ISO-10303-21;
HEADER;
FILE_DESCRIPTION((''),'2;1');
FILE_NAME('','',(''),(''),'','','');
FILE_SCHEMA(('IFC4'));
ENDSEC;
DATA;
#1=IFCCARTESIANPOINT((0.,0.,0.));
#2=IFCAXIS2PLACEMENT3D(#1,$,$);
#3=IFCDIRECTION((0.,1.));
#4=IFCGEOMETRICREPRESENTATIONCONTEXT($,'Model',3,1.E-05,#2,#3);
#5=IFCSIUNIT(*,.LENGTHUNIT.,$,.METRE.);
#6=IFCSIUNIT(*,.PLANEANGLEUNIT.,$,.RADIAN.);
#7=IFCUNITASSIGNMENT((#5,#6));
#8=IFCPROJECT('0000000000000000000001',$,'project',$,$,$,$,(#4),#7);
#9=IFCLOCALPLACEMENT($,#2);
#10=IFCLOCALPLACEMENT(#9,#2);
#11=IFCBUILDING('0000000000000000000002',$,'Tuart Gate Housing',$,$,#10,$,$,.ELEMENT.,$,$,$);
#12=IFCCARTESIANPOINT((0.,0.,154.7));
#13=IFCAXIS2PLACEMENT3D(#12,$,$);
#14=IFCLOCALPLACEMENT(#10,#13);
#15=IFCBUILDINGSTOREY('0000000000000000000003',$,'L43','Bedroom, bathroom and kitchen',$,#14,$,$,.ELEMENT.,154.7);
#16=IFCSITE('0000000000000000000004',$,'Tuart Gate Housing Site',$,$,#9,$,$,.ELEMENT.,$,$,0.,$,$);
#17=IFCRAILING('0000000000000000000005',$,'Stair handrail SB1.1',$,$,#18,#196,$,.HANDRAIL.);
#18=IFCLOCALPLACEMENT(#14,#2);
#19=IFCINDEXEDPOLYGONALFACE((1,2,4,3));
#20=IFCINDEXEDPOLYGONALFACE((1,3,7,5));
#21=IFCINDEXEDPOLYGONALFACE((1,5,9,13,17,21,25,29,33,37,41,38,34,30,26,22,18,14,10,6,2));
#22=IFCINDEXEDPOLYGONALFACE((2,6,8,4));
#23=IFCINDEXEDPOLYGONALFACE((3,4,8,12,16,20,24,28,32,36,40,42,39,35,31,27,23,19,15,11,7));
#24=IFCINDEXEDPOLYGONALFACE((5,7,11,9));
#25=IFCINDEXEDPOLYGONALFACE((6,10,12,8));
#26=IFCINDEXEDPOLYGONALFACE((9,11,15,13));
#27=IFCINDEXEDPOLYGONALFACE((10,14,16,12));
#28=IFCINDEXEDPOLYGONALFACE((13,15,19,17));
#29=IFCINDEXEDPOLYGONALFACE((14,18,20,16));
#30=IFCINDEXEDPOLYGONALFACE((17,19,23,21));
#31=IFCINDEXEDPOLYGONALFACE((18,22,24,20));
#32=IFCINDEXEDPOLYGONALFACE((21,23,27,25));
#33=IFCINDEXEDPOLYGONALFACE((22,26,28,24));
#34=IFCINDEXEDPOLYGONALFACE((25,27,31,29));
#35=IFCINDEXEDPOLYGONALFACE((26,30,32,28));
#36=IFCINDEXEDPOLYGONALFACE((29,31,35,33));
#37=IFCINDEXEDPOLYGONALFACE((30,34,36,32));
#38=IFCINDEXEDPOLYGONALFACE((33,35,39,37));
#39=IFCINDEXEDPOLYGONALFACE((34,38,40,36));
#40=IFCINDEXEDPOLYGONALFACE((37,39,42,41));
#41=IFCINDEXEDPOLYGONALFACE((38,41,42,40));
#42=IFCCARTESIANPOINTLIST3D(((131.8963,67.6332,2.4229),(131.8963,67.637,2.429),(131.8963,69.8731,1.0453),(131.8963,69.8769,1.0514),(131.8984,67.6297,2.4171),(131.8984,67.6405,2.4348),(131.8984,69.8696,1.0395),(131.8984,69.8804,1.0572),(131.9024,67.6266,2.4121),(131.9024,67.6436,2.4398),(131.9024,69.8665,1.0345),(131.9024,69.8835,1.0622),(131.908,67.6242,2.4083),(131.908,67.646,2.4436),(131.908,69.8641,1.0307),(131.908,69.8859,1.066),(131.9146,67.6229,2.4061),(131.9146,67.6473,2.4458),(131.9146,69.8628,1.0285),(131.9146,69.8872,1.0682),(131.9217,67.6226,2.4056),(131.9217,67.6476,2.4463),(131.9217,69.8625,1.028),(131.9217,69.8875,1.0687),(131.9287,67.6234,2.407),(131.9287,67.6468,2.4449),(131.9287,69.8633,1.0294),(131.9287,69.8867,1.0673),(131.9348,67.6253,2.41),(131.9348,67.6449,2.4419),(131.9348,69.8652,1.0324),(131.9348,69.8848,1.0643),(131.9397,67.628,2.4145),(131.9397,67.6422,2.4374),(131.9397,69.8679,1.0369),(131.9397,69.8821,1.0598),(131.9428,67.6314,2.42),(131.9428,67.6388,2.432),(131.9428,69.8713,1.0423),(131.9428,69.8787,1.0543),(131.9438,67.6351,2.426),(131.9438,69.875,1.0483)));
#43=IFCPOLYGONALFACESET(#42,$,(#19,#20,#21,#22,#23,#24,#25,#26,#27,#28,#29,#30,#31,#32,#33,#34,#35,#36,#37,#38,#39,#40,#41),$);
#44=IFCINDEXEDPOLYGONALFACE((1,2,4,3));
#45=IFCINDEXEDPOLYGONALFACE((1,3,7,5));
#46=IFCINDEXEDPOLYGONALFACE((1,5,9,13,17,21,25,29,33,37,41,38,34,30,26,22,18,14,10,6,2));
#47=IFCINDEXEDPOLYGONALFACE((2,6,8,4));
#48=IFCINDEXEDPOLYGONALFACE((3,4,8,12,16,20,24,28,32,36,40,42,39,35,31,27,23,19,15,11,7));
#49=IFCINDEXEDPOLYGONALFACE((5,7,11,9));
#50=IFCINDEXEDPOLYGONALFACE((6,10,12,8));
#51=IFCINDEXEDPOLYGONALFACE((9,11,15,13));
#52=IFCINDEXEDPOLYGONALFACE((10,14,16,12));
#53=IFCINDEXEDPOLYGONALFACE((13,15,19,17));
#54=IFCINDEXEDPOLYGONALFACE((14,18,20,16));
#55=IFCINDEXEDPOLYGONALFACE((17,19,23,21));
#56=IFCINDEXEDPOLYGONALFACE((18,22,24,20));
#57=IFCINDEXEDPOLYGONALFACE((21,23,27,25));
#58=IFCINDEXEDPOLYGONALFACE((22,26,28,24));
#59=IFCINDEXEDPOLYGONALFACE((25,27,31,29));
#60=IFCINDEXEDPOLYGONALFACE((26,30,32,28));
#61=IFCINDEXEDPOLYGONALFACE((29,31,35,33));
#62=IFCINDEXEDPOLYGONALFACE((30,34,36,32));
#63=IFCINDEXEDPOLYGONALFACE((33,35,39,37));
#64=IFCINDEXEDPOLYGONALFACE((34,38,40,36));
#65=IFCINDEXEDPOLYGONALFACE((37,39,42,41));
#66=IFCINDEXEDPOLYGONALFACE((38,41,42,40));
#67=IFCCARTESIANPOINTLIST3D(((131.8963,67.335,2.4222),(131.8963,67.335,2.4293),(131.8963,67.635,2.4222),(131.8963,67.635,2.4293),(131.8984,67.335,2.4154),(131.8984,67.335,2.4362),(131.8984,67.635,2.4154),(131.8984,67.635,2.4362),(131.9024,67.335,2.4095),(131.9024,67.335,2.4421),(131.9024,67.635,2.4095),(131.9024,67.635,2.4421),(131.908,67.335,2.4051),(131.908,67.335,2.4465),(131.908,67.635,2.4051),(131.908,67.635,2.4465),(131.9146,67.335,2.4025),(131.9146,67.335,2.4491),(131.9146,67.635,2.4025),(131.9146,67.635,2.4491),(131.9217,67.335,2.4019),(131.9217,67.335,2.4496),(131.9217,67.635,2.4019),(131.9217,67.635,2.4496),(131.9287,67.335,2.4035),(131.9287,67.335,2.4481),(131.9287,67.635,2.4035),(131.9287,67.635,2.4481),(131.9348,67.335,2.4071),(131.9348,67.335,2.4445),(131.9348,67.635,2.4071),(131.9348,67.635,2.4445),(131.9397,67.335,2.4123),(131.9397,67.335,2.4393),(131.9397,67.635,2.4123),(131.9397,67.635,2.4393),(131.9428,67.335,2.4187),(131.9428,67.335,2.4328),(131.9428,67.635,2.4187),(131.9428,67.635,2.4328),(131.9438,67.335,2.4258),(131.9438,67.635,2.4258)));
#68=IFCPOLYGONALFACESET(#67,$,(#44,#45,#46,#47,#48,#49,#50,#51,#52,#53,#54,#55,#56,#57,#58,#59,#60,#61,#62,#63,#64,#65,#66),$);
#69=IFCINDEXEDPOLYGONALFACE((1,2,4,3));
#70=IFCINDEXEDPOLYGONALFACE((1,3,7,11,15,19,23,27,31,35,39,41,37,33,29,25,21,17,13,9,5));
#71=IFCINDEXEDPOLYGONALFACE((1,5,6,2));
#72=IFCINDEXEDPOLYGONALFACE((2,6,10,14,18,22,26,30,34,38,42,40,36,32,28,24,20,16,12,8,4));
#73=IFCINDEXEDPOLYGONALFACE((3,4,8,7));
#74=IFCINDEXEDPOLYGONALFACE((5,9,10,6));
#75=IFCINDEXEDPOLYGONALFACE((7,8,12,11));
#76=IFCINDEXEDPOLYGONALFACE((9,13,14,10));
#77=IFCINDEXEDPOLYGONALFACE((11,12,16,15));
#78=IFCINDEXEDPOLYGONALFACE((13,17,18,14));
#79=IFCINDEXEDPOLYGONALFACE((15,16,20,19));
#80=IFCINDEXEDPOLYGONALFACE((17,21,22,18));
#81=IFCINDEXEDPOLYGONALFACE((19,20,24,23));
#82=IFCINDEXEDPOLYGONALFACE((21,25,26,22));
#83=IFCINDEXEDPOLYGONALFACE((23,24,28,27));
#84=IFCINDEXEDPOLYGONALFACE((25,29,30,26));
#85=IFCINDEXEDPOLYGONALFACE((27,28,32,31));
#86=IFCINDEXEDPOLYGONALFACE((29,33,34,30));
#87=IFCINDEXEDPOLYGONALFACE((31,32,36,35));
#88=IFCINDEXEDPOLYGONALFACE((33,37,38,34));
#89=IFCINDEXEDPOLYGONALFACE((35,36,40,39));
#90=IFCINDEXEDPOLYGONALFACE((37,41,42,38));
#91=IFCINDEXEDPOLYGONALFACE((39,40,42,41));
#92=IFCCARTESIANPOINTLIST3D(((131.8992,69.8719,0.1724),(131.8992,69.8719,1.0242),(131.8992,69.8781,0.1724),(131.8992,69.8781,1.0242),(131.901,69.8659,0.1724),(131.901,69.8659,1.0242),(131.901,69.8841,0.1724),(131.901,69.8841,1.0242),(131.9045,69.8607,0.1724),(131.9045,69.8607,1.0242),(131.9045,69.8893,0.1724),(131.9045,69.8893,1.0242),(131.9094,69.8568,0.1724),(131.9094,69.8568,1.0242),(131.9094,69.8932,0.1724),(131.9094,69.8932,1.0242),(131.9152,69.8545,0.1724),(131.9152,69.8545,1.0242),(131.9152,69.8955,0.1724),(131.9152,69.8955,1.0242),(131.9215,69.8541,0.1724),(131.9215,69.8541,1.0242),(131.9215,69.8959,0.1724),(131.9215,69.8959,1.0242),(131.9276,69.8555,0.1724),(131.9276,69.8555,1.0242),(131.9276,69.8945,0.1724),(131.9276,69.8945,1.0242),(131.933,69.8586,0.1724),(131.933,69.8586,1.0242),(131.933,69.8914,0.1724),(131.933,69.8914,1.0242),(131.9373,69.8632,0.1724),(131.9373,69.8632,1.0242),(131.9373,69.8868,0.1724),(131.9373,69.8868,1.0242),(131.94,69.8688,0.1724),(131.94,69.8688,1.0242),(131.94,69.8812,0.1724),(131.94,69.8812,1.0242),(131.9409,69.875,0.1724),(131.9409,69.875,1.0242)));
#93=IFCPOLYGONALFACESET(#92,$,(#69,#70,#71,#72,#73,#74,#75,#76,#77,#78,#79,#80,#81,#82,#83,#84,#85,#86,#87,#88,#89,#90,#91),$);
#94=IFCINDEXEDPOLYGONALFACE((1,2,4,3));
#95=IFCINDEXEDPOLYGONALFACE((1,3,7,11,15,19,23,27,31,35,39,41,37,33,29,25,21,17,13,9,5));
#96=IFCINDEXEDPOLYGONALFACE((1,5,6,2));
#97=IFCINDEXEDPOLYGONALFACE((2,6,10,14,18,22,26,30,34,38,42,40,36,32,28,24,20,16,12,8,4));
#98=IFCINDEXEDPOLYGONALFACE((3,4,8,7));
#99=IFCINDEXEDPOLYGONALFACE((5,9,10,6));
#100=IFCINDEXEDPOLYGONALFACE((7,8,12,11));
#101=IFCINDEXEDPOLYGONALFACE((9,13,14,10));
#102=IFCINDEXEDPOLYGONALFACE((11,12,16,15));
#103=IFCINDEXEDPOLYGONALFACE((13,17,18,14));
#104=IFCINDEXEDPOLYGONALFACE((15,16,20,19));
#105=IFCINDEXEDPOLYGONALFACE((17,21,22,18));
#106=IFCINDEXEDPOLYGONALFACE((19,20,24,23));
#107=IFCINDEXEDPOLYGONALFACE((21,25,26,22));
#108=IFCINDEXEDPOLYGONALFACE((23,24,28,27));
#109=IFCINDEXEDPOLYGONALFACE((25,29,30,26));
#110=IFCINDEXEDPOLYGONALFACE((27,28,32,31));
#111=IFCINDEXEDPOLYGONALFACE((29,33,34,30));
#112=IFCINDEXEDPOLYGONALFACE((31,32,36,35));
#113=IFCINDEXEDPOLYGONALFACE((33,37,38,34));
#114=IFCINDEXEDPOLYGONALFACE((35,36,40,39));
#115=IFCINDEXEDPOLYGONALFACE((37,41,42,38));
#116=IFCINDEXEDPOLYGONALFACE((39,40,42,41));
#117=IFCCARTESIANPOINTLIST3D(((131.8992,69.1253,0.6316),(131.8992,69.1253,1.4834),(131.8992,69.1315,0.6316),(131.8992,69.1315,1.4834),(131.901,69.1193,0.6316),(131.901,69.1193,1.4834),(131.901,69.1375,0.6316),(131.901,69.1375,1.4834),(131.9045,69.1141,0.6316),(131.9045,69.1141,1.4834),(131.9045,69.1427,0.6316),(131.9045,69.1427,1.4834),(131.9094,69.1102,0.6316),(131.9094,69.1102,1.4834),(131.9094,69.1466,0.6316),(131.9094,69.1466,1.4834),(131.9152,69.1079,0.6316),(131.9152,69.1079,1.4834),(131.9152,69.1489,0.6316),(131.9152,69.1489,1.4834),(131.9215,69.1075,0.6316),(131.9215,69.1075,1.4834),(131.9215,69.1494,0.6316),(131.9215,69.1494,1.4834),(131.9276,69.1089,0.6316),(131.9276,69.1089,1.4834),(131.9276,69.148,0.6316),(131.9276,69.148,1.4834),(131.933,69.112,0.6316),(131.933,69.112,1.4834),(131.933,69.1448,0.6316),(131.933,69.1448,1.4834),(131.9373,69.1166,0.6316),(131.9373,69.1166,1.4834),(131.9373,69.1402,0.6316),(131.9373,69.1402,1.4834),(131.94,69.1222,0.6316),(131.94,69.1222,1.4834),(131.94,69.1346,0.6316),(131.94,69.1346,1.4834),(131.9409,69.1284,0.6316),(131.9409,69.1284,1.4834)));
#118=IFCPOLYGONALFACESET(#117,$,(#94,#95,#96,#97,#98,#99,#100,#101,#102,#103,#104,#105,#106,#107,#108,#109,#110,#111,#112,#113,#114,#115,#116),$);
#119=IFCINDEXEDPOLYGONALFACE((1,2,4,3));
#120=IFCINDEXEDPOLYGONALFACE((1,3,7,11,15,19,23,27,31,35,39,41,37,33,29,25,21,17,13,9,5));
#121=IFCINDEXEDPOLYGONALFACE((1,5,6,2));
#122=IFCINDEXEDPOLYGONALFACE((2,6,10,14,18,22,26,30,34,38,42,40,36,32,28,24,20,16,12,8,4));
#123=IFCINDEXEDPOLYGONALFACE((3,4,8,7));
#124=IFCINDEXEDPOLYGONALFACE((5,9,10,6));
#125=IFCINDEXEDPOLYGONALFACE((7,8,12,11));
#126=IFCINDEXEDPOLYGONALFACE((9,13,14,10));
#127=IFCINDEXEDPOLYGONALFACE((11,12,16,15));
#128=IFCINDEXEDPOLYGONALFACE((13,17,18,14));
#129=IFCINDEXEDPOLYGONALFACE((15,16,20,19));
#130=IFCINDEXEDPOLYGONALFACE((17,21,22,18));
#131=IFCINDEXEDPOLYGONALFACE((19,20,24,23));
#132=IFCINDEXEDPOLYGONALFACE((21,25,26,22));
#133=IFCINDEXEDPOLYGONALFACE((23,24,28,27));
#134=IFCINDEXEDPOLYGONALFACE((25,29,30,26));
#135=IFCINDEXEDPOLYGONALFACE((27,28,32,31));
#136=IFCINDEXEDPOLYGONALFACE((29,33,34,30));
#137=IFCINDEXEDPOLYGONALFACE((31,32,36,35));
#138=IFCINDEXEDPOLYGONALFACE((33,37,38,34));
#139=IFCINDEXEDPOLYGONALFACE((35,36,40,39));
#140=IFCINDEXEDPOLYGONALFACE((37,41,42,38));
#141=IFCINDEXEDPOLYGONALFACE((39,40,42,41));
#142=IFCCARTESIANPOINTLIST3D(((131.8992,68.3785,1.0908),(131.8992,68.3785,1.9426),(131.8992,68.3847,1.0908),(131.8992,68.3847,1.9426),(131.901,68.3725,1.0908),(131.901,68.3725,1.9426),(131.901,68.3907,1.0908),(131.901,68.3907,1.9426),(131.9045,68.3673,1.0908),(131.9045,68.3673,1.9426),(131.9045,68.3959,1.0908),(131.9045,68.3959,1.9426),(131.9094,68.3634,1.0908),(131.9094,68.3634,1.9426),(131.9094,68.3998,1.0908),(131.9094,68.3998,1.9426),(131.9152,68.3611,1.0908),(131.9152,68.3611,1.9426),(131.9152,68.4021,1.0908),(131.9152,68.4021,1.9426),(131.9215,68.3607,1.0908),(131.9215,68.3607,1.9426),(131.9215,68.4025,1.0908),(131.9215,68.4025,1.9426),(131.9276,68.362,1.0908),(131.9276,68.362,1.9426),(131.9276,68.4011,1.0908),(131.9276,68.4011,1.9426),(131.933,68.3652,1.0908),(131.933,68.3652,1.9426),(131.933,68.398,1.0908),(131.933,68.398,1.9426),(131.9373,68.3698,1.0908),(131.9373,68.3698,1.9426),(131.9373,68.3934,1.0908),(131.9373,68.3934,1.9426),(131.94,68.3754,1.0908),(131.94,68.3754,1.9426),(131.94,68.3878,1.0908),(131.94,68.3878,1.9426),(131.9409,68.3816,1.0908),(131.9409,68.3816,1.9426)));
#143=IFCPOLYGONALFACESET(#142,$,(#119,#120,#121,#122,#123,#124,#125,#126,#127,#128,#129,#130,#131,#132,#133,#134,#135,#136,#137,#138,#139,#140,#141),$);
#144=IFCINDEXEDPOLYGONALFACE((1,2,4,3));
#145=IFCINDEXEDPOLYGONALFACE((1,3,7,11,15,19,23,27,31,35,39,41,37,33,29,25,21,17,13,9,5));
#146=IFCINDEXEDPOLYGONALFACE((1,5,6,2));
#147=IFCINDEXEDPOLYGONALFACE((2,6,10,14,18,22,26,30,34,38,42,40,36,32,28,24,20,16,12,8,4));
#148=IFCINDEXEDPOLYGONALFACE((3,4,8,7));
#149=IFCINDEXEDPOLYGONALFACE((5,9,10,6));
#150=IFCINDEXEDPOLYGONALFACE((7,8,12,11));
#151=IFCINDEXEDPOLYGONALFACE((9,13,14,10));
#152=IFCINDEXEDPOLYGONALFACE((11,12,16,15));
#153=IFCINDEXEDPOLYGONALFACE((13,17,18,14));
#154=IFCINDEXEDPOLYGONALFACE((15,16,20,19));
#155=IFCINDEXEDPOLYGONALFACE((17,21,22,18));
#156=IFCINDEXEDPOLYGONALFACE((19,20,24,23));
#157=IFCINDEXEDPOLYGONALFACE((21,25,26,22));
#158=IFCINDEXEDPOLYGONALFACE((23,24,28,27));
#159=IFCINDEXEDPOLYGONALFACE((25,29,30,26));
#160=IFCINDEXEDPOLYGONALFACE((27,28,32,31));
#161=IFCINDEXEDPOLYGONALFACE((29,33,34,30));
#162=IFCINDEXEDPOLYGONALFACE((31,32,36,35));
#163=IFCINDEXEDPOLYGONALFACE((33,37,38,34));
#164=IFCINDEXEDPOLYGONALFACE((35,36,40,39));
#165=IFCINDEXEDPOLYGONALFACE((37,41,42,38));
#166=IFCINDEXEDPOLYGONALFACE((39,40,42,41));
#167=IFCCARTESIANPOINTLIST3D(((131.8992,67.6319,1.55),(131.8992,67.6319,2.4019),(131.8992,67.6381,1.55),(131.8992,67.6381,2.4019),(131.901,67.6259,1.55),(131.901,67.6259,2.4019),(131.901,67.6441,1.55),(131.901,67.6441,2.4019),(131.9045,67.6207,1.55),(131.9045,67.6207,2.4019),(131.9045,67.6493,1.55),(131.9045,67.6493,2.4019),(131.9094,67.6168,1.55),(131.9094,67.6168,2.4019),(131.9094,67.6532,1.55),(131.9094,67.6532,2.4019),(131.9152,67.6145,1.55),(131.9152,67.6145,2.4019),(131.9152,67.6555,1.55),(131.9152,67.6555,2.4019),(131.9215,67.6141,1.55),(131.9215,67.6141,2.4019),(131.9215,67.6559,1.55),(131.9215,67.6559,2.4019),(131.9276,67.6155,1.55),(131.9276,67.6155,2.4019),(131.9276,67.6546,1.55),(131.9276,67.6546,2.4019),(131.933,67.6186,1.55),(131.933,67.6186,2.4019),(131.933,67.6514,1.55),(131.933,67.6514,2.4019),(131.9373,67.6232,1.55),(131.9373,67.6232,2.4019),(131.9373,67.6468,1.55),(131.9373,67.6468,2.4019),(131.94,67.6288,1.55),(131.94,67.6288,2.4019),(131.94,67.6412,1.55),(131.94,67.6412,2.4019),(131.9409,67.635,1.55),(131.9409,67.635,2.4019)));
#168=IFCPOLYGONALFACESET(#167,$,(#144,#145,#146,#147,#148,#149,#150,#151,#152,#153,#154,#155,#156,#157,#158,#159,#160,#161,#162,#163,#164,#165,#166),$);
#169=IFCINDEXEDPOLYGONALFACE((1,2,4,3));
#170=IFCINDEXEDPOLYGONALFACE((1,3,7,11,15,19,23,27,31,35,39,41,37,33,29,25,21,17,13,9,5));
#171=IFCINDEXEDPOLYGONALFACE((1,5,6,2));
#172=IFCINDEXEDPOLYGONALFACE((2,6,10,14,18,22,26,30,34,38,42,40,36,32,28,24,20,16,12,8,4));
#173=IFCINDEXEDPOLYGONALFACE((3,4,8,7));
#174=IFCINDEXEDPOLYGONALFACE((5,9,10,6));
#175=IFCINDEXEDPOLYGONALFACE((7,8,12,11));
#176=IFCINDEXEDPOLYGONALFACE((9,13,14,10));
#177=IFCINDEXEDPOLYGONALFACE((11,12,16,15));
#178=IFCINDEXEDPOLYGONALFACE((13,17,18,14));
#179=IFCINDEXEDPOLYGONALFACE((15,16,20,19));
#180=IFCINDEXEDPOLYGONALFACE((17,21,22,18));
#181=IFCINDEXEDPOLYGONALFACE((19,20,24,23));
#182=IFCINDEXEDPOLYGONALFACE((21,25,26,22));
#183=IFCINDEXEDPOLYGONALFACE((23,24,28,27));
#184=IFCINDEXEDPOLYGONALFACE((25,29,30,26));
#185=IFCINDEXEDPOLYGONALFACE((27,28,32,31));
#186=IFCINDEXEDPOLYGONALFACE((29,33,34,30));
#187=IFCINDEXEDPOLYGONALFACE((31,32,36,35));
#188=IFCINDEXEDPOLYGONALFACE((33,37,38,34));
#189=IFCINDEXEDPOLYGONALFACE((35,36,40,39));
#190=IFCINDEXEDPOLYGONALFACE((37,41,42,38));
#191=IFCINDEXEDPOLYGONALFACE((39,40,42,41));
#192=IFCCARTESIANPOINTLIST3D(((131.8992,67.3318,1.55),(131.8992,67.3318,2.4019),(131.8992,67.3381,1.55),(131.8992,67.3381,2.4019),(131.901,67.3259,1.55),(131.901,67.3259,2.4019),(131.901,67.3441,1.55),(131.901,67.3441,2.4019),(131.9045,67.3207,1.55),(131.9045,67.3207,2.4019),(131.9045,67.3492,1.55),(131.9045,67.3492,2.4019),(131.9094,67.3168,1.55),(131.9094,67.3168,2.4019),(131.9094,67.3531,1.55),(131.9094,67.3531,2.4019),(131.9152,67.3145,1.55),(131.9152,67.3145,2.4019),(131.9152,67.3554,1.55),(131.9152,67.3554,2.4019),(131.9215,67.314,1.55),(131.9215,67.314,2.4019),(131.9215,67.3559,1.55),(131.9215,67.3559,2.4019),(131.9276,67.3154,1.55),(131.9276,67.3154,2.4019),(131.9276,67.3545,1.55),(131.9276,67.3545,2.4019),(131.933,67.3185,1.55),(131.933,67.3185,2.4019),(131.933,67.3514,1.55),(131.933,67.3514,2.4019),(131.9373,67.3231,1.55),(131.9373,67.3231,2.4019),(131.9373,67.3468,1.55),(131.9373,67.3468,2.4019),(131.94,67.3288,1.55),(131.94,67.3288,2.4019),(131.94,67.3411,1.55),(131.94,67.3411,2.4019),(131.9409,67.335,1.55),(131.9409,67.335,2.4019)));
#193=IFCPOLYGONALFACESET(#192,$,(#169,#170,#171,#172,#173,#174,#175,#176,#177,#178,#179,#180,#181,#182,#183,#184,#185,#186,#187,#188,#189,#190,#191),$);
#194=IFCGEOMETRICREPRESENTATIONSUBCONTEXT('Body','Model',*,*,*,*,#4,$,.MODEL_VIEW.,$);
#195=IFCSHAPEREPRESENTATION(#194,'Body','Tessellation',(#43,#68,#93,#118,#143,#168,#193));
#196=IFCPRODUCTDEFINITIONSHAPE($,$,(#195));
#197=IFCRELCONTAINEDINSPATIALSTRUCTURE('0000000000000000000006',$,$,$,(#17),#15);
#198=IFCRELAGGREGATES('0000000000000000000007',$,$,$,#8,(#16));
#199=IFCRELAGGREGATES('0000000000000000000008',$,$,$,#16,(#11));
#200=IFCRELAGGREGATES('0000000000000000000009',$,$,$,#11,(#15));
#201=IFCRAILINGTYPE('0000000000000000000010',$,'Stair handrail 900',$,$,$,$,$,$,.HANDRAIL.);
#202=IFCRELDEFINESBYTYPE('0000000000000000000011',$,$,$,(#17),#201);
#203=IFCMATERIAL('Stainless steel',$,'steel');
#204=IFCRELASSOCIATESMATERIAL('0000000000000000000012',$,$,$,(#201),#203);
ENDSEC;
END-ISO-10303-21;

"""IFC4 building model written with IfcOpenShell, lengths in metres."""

from ifc_helpers import new_model, si_unit, direction, frame, origin, origin_2d, place, context, subcontext, project, spatial, circle, extrude, material, type_object, element, save


model = new_model("IFC4")

# Units and contexts
model_context = context("Model", 3, precision=1e-05, world=origin(), true_north=direction((0.0, 1.0)))
body_context = subcontext(model_context, "Body", "Model", "MODEL_VIEW")
ifc_project = project(units=[si_unit("LENGTHUNIT", "METRE"), si_unit("PLANEANGLEUNIT", "RADIAN")], contexts=[model_context])

# Site, building, storey
site_placement = place(None, origin())
site = spatial("IfcSite", under=ifc_project, at=site_placement, Name="Tuart Gate Housing Site", CompositionType="ELEMENT", RefElevation=0.0)
building_placement = place(site_placement, origin())
building = spatial("IfcBuilding", under=site, at=building_placement, Name="Tuart Gate Housing", CompositionType="ELEMENT")
storey_placement = place(building_placement, frame((0.0, 0.0, 154.7)))
storey = spatial("IfcBuildingStorey", under=building, at=storey_placement, Name="L43", Description="Bedroom, bathroom and kitchen", CompositionType="ELEMENT", Elevation=154.7)

# Railing
ifc_material_1 = material(Name="Stainless steel", Category="steel")
railing_type = type_object("IfcRailingType", Name="Stair handrail 900", PredefinedType="HANDRAIL", material=ifc_material_1)
railing_placement = place(storey_placement, frame((131.9199, 69.875, 0.1724)))
element("IfcRailing", 1, at=railing_placement, inside=storey, type_object=railing_type, Name="Stair handrail SB1.1", PredefinedType="HANDRAIL", context=body_context, shape_type="SweptSolid", body=[
    extrude(circle(Radius=0.0239, at=origin_2d()), frame((0.0, 0.0, 0.876), z_axis=(0.0, -0.851789, 0.523885), x_axis=(1.0, 0.0, 0.0)), (0.0, 0.0, 1.0), 2.6296),
    extrude(circle(Radius=0.0239, at=origin_2d()), frame((0.0, -2.24, 2.2534), z_axis=(0.0, -1.0, 0.0), x_axis=(1.0, 0.0, 0.0)), (0.0, 0.0, 1.0), 0.3),
    extrude(circle(Radius=0.021, at=origin_2d()), origin(), (0.0, 0.0, 1.0), 0.8518),
    extrude(circle(Radius=0.021, at=origin_2d()), frame((0.0, -0.7466, 0.4592)), (0.0, 0.0, 1.0), 0.8518),
    extrude(circle(Radius=0.021, at=origin_2d()), frame((0.0, -1.4934, 0.9185)), (0.0, 0.0, 1.0), 0.8518),
    extrude(circle(Radius=0.021, at=origin_2d()), frame((0.0, -2.24, 1.3777)), (0.0, 0.0, 1.0), 0.8518),
    extrude(circle(Radius=0.021, at=origin_2d()), frame((0.0, -2.54, 1.3777)), (0.0, 0.0, 1.0), 0.8518),
])

save(model, "model.ifc")
